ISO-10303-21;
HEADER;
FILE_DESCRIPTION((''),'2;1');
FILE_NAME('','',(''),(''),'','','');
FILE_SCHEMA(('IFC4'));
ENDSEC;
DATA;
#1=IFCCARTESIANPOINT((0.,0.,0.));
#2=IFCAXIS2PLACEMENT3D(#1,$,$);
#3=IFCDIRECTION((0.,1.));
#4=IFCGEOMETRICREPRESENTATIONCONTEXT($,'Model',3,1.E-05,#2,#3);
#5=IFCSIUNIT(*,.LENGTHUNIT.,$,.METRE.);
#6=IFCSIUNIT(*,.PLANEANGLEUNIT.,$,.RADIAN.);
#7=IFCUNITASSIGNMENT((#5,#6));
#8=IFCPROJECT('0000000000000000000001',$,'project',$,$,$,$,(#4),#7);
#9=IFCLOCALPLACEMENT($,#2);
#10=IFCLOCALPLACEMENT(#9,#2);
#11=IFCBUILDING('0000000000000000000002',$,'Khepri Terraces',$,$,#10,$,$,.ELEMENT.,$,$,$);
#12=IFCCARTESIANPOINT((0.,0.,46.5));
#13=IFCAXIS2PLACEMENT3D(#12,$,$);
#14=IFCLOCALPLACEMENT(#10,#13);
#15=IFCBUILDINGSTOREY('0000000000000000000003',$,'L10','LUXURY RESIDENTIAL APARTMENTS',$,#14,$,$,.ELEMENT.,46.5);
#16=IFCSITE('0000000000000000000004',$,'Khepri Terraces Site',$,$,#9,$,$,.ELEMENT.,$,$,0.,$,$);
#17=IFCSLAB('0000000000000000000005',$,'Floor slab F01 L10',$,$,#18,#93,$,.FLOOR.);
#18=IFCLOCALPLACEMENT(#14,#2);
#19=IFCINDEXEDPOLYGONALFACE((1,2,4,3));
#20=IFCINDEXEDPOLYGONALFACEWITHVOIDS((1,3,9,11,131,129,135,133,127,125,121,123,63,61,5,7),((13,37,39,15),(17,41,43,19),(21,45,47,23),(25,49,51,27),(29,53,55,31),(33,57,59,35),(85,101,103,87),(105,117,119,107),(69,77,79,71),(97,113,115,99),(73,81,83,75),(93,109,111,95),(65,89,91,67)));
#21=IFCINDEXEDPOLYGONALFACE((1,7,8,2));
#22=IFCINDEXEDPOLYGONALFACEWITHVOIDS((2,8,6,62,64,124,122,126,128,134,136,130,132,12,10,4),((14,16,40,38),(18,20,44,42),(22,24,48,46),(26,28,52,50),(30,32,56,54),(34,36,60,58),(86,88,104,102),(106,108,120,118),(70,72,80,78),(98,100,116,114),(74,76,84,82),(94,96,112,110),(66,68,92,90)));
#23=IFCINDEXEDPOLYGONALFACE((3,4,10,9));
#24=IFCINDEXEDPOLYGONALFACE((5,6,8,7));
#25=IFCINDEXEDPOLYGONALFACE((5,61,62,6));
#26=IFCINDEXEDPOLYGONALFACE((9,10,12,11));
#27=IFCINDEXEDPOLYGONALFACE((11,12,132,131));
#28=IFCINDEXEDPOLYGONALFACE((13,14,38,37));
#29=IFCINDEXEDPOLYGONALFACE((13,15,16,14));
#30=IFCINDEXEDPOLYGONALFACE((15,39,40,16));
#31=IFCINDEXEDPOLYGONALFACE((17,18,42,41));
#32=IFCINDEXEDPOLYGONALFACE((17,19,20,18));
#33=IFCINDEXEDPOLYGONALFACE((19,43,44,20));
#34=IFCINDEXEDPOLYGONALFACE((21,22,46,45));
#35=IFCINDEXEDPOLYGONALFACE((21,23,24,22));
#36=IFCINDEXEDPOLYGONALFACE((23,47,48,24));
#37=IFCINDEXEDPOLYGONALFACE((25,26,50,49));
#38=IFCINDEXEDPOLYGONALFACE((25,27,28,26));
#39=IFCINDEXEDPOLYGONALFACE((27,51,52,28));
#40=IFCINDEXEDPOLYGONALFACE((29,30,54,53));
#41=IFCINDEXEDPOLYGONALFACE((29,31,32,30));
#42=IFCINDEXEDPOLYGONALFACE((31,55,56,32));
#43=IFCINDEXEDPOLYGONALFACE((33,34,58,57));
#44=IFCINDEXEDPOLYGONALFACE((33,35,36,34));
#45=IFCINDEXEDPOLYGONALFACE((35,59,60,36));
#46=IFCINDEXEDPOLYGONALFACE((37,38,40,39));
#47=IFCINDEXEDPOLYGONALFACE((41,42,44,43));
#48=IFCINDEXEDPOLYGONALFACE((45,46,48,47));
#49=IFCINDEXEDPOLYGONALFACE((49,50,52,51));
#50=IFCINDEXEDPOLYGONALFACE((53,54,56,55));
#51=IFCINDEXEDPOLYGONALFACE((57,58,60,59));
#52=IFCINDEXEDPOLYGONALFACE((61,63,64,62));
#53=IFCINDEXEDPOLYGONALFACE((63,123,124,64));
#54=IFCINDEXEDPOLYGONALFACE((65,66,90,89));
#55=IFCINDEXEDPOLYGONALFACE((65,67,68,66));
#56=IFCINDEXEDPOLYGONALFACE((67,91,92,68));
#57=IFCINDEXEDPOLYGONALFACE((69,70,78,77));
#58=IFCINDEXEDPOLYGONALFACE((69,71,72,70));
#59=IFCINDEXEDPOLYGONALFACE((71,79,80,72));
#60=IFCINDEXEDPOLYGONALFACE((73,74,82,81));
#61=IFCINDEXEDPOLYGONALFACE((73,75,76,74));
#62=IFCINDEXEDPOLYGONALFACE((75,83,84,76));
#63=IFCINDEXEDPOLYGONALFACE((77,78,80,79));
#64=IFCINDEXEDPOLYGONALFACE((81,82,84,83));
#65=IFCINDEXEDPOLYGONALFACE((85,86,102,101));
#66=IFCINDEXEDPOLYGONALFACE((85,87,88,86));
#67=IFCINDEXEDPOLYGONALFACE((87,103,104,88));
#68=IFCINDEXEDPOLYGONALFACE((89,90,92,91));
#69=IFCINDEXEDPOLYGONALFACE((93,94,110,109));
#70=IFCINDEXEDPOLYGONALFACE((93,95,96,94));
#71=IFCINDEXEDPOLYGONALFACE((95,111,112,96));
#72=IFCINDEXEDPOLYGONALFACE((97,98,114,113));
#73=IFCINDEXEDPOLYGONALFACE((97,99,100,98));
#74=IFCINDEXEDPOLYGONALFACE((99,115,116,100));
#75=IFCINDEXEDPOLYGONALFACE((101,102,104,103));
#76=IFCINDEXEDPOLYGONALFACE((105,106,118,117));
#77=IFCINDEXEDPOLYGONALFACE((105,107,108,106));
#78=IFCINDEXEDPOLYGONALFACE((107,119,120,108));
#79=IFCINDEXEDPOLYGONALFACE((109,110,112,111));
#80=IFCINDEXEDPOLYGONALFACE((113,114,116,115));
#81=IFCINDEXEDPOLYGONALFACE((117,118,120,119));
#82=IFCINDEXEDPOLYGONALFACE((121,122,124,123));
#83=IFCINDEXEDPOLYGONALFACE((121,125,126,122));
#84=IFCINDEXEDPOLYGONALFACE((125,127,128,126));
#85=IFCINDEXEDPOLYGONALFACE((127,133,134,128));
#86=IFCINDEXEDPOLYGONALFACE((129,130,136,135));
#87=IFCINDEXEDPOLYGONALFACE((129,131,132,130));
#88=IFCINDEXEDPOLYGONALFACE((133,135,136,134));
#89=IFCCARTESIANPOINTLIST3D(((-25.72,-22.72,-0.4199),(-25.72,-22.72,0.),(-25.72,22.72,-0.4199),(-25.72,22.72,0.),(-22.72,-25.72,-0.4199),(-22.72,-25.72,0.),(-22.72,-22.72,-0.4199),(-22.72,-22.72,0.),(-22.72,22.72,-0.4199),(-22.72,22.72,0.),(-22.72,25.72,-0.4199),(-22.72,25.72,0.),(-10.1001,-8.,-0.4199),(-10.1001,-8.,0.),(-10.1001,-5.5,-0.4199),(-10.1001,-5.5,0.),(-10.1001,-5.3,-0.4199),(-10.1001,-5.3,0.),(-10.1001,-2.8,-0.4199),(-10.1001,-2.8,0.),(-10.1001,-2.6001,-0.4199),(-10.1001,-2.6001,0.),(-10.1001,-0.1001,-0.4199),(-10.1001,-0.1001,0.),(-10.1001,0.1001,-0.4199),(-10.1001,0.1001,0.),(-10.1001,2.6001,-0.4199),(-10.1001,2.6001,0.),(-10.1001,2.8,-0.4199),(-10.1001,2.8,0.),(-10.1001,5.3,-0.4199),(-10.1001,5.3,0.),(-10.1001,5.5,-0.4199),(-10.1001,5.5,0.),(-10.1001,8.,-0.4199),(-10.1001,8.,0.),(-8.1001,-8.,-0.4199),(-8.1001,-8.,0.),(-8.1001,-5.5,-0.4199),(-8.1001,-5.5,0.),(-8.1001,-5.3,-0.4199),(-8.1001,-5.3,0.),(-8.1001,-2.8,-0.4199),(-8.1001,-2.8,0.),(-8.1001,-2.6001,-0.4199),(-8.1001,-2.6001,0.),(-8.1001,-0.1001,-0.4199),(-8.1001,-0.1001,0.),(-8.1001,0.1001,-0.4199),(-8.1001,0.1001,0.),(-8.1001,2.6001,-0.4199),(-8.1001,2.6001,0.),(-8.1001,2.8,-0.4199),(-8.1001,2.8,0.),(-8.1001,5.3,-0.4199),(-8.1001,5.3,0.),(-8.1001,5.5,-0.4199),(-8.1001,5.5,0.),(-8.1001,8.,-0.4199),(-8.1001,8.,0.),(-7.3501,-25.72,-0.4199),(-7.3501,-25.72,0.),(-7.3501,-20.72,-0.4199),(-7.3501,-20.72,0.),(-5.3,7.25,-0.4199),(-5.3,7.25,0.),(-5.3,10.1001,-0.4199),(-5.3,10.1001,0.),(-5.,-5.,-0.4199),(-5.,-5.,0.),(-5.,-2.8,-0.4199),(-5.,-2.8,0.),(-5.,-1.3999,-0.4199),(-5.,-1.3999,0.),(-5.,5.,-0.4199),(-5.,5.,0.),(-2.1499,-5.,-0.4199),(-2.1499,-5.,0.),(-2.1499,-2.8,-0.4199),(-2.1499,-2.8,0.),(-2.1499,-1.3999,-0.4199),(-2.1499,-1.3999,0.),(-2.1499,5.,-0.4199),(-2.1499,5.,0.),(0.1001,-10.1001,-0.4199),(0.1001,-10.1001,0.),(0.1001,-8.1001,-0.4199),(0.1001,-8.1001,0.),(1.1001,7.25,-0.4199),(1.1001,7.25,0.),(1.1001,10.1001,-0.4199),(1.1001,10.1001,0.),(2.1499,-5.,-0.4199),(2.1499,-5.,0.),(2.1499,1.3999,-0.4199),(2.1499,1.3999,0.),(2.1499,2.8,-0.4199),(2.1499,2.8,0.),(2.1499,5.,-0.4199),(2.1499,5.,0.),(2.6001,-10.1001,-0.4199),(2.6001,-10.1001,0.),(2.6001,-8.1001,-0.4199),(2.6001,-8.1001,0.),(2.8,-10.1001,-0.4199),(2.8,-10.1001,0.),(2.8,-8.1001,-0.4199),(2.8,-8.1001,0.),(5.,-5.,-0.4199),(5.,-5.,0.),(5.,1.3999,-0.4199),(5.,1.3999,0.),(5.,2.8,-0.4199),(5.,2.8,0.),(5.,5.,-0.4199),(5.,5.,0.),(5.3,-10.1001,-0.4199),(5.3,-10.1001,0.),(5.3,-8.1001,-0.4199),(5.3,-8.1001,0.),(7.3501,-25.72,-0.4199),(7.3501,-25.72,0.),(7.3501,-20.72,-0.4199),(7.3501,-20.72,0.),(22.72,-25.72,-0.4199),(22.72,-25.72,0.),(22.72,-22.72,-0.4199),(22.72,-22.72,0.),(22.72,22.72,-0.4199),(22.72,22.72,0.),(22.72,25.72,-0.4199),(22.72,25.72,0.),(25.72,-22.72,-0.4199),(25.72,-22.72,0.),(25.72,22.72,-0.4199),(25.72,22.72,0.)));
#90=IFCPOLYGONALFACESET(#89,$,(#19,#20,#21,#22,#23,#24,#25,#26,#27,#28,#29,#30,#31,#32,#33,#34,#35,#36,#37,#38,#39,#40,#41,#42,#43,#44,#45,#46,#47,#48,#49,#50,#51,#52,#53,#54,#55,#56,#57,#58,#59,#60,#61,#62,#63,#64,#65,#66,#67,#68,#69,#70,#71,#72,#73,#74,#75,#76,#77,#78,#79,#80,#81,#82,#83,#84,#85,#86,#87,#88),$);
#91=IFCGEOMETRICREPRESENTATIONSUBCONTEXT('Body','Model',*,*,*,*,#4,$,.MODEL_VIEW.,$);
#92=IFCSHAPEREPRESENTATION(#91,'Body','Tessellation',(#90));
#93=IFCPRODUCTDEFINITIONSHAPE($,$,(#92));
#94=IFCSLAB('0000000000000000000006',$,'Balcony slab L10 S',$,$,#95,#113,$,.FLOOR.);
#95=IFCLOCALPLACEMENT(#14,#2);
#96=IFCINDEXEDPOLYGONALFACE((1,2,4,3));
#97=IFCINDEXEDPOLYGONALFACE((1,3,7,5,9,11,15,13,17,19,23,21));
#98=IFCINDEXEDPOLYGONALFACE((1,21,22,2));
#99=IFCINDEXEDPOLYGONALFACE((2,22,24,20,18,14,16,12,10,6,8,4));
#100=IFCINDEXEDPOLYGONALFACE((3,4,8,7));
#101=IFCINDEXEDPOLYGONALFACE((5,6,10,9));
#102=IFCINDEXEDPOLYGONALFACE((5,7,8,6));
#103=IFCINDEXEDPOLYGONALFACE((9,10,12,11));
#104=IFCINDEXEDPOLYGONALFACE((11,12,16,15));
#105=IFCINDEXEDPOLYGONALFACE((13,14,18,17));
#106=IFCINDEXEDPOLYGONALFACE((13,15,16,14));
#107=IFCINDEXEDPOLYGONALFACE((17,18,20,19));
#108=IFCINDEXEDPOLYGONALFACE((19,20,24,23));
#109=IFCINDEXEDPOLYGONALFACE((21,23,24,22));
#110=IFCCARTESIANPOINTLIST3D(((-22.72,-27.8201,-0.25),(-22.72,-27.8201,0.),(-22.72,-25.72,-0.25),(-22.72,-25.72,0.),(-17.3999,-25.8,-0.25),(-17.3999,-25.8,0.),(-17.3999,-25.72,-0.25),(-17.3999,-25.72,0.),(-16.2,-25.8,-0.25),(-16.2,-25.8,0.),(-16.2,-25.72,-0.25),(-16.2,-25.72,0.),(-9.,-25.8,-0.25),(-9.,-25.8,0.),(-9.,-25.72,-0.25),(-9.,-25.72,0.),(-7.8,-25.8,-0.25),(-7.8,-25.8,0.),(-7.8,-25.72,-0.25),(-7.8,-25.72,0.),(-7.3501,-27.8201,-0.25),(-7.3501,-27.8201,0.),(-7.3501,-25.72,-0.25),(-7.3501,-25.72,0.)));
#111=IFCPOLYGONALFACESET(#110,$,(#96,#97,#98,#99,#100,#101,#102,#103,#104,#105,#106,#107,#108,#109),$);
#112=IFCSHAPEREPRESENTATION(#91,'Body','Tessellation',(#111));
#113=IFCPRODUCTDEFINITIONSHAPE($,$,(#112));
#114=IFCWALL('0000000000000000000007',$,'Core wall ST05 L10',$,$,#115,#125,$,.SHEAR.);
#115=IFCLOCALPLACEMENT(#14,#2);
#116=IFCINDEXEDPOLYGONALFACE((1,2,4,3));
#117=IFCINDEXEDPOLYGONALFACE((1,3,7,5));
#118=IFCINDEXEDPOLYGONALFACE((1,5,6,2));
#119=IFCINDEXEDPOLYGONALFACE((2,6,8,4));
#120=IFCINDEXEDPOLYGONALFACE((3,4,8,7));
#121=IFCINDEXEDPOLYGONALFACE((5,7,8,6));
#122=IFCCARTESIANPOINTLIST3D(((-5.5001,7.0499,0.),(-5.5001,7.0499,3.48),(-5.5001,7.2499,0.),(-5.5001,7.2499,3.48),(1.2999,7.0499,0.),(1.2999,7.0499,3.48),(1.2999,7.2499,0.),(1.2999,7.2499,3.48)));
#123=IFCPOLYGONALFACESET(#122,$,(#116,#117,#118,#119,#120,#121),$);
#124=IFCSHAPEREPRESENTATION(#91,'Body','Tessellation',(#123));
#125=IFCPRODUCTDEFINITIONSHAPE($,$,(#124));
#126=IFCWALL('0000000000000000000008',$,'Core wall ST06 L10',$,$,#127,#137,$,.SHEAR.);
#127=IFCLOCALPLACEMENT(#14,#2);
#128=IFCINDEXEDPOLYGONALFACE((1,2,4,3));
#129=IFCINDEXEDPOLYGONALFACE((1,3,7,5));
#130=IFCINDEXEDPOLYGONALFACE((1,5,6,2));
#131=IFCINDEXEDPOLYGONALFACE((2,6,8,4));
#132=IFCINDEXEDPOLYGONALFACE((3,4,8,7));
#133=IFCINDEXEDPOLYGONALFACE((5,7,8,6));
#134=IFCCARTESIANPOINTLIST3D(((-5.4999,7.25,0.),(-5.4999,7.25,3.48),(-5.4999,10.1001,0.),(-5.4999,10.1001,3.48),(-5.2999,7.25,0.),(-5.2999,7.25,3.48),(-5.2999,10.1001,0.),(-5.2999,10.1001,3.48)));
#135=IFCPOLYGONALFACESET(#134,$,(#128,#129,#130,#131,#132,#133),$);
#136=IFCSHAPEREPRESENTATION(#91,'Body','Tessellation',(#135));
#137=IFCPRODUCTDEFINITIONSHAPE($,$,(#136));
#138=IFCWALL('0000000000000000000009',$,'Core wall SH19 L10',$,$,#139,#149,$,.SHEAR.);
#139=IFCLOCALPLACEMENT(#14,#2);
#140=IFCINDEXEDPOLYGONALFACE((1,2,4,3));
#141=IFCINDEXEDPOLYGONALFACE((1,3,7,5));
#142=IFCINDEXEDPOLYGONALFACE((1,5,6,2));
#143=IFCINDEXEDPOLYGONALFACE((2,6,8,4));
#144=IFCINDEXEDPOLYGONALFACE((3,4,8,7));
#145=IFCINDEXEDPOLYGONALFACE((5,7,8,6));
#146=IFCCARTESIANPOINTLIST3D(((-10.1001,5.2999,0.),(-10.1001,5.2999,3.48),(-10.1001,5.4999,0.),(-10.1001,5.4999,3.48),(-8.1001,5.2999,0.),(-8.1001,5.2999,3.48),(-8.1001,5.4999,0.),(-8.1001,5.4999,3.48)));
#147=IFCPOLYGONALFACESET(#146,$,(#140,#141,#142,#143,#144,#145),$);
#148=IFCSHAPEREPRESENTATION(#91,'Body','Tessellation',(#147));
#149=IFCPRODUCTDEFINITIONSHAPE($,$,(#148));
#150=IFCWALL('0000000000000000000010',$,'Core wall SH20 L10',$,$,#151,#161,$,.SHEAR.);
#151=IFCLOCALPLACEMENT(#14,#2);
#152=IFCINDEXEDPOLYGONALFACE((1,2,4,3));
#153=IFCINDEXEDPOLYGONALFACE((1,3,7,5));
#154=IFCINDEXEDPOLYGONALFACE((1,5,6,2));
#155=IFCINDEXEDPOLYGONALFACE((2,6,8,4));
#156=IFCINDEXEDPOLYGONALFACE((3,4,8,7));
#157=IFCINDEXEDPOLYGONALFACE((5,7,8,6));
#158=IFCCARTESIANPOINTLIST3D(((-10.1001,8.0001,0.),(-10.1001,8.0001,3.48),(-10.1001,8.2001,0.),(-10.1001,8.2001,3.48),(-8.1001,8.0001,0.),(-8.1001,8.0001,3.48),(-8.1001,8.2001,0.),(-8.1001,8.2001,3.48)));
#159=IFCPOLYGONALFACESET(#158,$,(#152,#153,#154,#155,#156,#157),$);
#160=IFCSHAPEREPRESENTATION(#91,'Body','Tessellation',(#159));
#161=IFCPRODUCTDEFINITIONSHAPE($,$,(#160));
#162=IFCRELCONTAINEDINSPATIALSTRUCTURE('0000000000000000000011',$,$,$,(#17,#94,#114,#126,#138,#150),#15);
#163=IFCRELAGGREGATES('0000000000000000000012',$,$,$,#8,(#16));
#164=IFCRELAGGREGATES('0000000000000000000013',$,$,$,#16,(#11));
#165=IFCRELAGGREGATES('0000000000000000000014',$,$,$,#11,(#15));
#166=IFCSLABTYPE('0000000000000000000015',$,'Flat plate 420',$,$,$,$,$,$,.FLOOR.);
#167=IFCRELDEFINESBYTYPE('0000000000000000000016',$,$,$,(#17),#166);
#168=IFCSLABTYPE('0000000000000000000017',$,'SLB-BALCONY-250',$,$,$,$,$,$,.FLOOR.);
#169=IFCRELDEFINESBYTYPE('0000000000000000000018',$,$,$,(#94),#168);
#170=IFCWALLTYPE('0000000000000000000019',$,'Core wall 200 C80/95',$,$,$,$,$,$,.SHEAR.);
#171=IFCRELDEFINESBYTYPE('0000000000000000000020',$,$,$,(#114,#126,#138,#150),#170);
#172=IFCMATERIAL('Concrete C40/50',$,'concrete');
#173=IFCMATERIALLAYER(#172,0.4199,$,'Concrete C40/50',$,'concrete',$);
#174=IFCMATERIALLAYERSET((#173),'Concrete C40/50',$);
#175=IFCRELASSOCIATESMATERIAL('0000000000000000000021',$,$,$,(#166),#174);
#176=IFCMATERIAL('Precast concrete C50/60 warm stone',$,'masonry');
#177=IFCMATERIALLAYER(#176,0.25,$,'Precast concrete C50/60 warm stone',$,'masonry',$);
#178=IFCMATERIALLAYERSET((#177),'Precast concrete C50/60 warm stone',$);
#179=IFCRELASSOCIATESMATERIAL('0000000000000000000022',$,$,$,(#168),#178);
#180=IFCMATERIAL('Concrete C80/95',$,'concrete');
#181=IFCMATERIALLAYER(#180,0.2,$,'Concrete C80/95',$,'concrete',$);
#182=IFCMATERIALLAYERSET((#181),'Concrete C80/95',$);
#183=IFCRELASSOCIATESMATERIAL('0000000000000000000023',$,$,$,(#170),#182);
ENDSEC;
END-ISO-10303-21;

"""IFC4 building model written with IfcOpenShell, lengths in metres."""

from ifc_helpers import new_model, si_unit, direction, frame, frame_2d, origin, place, context, subcontext, project, spatial, polyline, rectangle, outline, extrude, material, layer, layer_set, type_object, element, save


model = new_model("IFC4")

# Units and contexts
model_context = context("Model", 3, precision=1e-05, world=origin(), true_north=direction((0.0, 1.0)))
body_context = subcontext(model_context, "Body", "Model", "MODEL_VIEW")
ifc_project = project(units=[si_unit("LENGTHUNIT", "METRE"), si_unit("PLANEANGLEUNIT", "RADIAN")], contexts=[model_context])

# Site, building, storey
site_placement = place(None, origin())
site = spatial("IfcSite", under=ifc_project, at=site_placement, Name="Khepri Terraces Site", CompositionType="ELEMENT", RefElevation=0.0)
building_placement = place(site_placement, origin())
building = spatial("IfcBuilding", under=site, at=building_placement, Name="Khepri Terraces", CompositionType="ELEMENT")
storey_placement = place(building_placement, frame((0.0, 0.0, 46.5)))
storey = spatial("IfcBuildingStorey", under=building, at=storey_placement, Name="L10", Description="LUXURY RESIDENTIAL APARTMENTS", CompositionType="ELEMENT", Elevation=46.5)

# Slabs
ifc_material_1 = material(Name="Concrete C40/50", Category="concrete")
ifc_layer_1 = layer(ifc_material_1, 0.4199, Name="Concrete C40/50", Category="concrete")
ifc_layer_set_1 = layer_set([ifc_layer_1], Name="Concrete C40/50")
slab_type_1 = type_object("IfcSlabType", Name="Flat plate 420", PredefinedType="FLOOR", material=ifc_layer_set_1)
slab_1_placement = place(storey_placement, frame((0.0, 0.0, -0.4199)))
element("IfcSlab", 1, at=slab_1_placement, inside=storey, type_object=slab_type_1, Name="Floor slab F01 L10", PredefinedType="FLOOR", context=body_context, shape_type="SweptSolid", body=[
    extrude(outline(polyline([(22.72, 22.72), (25.72, 22.72), (25.72, -22.72), (22.72, -22.72), (22.72, -25.72), (7.3501, -25.72), (7.3501, -20.72), (-7.3501, -20.72), (-7.3501, -25.72), (-22.72, -25.72), (-22.72, -22.72), (-25.72, -22.72), (-25.72, 22.72), (-22.72, 22.72), (-22.72, 25.72), (22.72, 25.72), (22.72, 22.72)]), holes=[polyline([(5.0, 5.0), (2.1499, 5.0), (2.1499, 2.8), (5.0, 2.8), (5.0, 5.0)]), polyline([(-2.1499, -5.0), (-2.1499, -2.8), (-5.0, -2.8), (-5.0, -5.0), (-2.1499, -5.0)]), polyline([(-10.1001, -8.0), (-8.1001, -8.0), (-8.1001, -5.5), (-10.1001, -5.5), (-10.1001, -8.0)]), polyline([(-10.1001, -2.8), (-10.1001, -5.3), (-8.1001, -5.3), (-8.1001, -2.8), (-10.1001, -2.8)]), polyline([(-8.1001, -0.1001), (-10.1001, -0.1001), (-10.1001, -2.6001), (-8.1001, -2.6001), (-8.1001, -0.1001)]), polyline([(-8.1001, 0.1001), (-8.1001, 2.6001), (-10.1001, 2.6001), (-10.1001, 0.1001), (-8.1001, 0.1001)]), polyline([(-10.1001, 2.8), (-8.1001, 2.8), (-8.1001, 5.3), (-10.1001, 5.3), (-10.1001, 2.8)]), polyline([(-10.1001, 8.0), (-10.1001, 5.5), (-8.1001, 5.5), (-8.1001, 8.0), (-10.1001, 8.0)]), polyline([(2.6001, -8.1001), (0.1001, -8.1001), (0.1001, -10.1001), (2.6001, -10.1001), (2.6001, -8.1001)]), polyline([(5.3, -10.1001), (5.3, -8.1001), (2.8, -8.1001), (2.8, -10.1001), (5.3, -10.1001)]), polyline([(-5.0, -1.3999), (-2.1499, -1.3999), (-2.1499, 5.0), (-5.0, 5.0), (-5.0, -1.3999)]), polyline([(5.0, -5.0), (5.0, 1.3999), (2.1499, 1.3999), (2.1499, -5.0), (5.0, -5.0)]), polyline([(-5.3, 10.1001), (-5.3, 7.25), (1.1001, 7.25), (1.1001, 10.1001), (-5.3, 10.1001)])]), origin(), (0.0, 0.0, 1.0), 0.4199),
])
ifc_material_2 = material(Name="Precast concrete C50/60 warm stone", Category="masonry")
ifc_layer_2 = layer(ifc_material_2, 0.25, Name="Precast concrete C50/60 warm stone", Category="masonry")
ifc_layer_set_2 = layer_set([ifc_layer_2], Name="Precast concrete C50/60 warm stone")
slab_type_2 = type_object("IfcSlabType", Name="SLB-BALCONY-250", PredefinedType="FLOOR", material=ifc_layer_set_2)
slab_2_placement = place(storey_placement, frame((0.0, 0.0, -0.25)))
element("IfcSlab", 2, at=slab_2_placement, inside=storey, type_object=slab_type_2, Name="Balcony slab L10 S", PredefinedType="FLOOR", context=body_context, shape_type="SweptSolid", body=[
    extrude(outline(polyline([(-17.3999, -25.72), (-22.72, -25.72), (-22.72, -27.8201), (-7.3501, -27.8201), (-7.3501, -25.72), (-7.8, -25.72), (-7.8, -25.8), (-9.0, -25.8), (-9.0, -25.72), (-16.2, -25.72), (-16.2, -25.8), (-17.3999, -25.8), (-17.3999, -25.72)])), origin(), (0.0, 0.0, 1.0), 0.25),
])

# Walls
ifc_material_3 = material(Name="Concrete C80/95", Category="concrete")
ifc_layer_3 = layer(ifc_material_3, 0.2, Name="Concrete C80/95", Category="concrete")
ifc_layer_set_3 = layer_set([ifc_layer_3], Name="Concrete C80/95")
wall_type_1 = type_object("IfcWallType", Name="Core wall 200 C80/95", PredefinedType="SHEAR", material=ifc_layer_set_3)
wall_1_placement = place(storey_placement, frame((-5.5, 7.1499, 0.0), z_axis=(0.0, 0.0, 1.0), x_axis=(1.0, 0.0, 0.0)))
element("IfcWall", 3, at=wall_1_placement, inside=storey, type_object=wall_type_1, Name="Core wall ST05 L10", PredefinedType="SHEAR", context=body_context, shape_type="SweptSolid", body=[
    extrude(rectangle(XDim=6.8, YDim=0.2, at=frame_2d((3.3999, 0.0))), origin(), (0.0, 0.0, 1.0), 3.48),
])
wall_2_placement = place(storey_placement, frame((-5.3999, 7.25, 0.0), z_axis=(0.0, 0.0, 1.0), x_axis=(0.0, 1.0, 0.0)))
element("IfcWall", 4, at=wall_2_placement, inside=storey, type_object=wall_type_1, Name="Core wall ST06 L10", PredefinedType="SHEAR", context=body_context, shape_type="SweptSolid", body=[
    extrude(rectangle(XDim=2.8501, YDim=0.2, at=frame_2d((1.425, 0.0))), origin(), (0.0, 0.0, 1.0), 3.48),
])
for number, where, z_axis, x_axis, name in (
    (5, (-10.1001, 5.3999, 0.0), (0.0, 0.0, 1.0), (1.0, 0.0, 0.0), "Core wall SH19 L10"),
    (6, (-10.1001, 8.1001, 0.0), (0.0, 0.0, 1.0), (1.0, 0.0, 0.0), "Core wall SH20 L10"),
):
    element("IfcWall", number, at=place(storey_placement, frame(where, z_axis=z_axis, x_axis=x_axis)), inside=storey, type_object=wall_type_1, Name=name, PredefinedType="SHEAR", context=body_context, shape_type="SweptSolid", body=[
        extrude(rectangle(XDim=2.0, YDim=0.2, at=frame_2d((1.0, 0.0))), origin(), (0.0, 0.0, 1.0), 3.48),
    ])

save(model, "model.ifc")
